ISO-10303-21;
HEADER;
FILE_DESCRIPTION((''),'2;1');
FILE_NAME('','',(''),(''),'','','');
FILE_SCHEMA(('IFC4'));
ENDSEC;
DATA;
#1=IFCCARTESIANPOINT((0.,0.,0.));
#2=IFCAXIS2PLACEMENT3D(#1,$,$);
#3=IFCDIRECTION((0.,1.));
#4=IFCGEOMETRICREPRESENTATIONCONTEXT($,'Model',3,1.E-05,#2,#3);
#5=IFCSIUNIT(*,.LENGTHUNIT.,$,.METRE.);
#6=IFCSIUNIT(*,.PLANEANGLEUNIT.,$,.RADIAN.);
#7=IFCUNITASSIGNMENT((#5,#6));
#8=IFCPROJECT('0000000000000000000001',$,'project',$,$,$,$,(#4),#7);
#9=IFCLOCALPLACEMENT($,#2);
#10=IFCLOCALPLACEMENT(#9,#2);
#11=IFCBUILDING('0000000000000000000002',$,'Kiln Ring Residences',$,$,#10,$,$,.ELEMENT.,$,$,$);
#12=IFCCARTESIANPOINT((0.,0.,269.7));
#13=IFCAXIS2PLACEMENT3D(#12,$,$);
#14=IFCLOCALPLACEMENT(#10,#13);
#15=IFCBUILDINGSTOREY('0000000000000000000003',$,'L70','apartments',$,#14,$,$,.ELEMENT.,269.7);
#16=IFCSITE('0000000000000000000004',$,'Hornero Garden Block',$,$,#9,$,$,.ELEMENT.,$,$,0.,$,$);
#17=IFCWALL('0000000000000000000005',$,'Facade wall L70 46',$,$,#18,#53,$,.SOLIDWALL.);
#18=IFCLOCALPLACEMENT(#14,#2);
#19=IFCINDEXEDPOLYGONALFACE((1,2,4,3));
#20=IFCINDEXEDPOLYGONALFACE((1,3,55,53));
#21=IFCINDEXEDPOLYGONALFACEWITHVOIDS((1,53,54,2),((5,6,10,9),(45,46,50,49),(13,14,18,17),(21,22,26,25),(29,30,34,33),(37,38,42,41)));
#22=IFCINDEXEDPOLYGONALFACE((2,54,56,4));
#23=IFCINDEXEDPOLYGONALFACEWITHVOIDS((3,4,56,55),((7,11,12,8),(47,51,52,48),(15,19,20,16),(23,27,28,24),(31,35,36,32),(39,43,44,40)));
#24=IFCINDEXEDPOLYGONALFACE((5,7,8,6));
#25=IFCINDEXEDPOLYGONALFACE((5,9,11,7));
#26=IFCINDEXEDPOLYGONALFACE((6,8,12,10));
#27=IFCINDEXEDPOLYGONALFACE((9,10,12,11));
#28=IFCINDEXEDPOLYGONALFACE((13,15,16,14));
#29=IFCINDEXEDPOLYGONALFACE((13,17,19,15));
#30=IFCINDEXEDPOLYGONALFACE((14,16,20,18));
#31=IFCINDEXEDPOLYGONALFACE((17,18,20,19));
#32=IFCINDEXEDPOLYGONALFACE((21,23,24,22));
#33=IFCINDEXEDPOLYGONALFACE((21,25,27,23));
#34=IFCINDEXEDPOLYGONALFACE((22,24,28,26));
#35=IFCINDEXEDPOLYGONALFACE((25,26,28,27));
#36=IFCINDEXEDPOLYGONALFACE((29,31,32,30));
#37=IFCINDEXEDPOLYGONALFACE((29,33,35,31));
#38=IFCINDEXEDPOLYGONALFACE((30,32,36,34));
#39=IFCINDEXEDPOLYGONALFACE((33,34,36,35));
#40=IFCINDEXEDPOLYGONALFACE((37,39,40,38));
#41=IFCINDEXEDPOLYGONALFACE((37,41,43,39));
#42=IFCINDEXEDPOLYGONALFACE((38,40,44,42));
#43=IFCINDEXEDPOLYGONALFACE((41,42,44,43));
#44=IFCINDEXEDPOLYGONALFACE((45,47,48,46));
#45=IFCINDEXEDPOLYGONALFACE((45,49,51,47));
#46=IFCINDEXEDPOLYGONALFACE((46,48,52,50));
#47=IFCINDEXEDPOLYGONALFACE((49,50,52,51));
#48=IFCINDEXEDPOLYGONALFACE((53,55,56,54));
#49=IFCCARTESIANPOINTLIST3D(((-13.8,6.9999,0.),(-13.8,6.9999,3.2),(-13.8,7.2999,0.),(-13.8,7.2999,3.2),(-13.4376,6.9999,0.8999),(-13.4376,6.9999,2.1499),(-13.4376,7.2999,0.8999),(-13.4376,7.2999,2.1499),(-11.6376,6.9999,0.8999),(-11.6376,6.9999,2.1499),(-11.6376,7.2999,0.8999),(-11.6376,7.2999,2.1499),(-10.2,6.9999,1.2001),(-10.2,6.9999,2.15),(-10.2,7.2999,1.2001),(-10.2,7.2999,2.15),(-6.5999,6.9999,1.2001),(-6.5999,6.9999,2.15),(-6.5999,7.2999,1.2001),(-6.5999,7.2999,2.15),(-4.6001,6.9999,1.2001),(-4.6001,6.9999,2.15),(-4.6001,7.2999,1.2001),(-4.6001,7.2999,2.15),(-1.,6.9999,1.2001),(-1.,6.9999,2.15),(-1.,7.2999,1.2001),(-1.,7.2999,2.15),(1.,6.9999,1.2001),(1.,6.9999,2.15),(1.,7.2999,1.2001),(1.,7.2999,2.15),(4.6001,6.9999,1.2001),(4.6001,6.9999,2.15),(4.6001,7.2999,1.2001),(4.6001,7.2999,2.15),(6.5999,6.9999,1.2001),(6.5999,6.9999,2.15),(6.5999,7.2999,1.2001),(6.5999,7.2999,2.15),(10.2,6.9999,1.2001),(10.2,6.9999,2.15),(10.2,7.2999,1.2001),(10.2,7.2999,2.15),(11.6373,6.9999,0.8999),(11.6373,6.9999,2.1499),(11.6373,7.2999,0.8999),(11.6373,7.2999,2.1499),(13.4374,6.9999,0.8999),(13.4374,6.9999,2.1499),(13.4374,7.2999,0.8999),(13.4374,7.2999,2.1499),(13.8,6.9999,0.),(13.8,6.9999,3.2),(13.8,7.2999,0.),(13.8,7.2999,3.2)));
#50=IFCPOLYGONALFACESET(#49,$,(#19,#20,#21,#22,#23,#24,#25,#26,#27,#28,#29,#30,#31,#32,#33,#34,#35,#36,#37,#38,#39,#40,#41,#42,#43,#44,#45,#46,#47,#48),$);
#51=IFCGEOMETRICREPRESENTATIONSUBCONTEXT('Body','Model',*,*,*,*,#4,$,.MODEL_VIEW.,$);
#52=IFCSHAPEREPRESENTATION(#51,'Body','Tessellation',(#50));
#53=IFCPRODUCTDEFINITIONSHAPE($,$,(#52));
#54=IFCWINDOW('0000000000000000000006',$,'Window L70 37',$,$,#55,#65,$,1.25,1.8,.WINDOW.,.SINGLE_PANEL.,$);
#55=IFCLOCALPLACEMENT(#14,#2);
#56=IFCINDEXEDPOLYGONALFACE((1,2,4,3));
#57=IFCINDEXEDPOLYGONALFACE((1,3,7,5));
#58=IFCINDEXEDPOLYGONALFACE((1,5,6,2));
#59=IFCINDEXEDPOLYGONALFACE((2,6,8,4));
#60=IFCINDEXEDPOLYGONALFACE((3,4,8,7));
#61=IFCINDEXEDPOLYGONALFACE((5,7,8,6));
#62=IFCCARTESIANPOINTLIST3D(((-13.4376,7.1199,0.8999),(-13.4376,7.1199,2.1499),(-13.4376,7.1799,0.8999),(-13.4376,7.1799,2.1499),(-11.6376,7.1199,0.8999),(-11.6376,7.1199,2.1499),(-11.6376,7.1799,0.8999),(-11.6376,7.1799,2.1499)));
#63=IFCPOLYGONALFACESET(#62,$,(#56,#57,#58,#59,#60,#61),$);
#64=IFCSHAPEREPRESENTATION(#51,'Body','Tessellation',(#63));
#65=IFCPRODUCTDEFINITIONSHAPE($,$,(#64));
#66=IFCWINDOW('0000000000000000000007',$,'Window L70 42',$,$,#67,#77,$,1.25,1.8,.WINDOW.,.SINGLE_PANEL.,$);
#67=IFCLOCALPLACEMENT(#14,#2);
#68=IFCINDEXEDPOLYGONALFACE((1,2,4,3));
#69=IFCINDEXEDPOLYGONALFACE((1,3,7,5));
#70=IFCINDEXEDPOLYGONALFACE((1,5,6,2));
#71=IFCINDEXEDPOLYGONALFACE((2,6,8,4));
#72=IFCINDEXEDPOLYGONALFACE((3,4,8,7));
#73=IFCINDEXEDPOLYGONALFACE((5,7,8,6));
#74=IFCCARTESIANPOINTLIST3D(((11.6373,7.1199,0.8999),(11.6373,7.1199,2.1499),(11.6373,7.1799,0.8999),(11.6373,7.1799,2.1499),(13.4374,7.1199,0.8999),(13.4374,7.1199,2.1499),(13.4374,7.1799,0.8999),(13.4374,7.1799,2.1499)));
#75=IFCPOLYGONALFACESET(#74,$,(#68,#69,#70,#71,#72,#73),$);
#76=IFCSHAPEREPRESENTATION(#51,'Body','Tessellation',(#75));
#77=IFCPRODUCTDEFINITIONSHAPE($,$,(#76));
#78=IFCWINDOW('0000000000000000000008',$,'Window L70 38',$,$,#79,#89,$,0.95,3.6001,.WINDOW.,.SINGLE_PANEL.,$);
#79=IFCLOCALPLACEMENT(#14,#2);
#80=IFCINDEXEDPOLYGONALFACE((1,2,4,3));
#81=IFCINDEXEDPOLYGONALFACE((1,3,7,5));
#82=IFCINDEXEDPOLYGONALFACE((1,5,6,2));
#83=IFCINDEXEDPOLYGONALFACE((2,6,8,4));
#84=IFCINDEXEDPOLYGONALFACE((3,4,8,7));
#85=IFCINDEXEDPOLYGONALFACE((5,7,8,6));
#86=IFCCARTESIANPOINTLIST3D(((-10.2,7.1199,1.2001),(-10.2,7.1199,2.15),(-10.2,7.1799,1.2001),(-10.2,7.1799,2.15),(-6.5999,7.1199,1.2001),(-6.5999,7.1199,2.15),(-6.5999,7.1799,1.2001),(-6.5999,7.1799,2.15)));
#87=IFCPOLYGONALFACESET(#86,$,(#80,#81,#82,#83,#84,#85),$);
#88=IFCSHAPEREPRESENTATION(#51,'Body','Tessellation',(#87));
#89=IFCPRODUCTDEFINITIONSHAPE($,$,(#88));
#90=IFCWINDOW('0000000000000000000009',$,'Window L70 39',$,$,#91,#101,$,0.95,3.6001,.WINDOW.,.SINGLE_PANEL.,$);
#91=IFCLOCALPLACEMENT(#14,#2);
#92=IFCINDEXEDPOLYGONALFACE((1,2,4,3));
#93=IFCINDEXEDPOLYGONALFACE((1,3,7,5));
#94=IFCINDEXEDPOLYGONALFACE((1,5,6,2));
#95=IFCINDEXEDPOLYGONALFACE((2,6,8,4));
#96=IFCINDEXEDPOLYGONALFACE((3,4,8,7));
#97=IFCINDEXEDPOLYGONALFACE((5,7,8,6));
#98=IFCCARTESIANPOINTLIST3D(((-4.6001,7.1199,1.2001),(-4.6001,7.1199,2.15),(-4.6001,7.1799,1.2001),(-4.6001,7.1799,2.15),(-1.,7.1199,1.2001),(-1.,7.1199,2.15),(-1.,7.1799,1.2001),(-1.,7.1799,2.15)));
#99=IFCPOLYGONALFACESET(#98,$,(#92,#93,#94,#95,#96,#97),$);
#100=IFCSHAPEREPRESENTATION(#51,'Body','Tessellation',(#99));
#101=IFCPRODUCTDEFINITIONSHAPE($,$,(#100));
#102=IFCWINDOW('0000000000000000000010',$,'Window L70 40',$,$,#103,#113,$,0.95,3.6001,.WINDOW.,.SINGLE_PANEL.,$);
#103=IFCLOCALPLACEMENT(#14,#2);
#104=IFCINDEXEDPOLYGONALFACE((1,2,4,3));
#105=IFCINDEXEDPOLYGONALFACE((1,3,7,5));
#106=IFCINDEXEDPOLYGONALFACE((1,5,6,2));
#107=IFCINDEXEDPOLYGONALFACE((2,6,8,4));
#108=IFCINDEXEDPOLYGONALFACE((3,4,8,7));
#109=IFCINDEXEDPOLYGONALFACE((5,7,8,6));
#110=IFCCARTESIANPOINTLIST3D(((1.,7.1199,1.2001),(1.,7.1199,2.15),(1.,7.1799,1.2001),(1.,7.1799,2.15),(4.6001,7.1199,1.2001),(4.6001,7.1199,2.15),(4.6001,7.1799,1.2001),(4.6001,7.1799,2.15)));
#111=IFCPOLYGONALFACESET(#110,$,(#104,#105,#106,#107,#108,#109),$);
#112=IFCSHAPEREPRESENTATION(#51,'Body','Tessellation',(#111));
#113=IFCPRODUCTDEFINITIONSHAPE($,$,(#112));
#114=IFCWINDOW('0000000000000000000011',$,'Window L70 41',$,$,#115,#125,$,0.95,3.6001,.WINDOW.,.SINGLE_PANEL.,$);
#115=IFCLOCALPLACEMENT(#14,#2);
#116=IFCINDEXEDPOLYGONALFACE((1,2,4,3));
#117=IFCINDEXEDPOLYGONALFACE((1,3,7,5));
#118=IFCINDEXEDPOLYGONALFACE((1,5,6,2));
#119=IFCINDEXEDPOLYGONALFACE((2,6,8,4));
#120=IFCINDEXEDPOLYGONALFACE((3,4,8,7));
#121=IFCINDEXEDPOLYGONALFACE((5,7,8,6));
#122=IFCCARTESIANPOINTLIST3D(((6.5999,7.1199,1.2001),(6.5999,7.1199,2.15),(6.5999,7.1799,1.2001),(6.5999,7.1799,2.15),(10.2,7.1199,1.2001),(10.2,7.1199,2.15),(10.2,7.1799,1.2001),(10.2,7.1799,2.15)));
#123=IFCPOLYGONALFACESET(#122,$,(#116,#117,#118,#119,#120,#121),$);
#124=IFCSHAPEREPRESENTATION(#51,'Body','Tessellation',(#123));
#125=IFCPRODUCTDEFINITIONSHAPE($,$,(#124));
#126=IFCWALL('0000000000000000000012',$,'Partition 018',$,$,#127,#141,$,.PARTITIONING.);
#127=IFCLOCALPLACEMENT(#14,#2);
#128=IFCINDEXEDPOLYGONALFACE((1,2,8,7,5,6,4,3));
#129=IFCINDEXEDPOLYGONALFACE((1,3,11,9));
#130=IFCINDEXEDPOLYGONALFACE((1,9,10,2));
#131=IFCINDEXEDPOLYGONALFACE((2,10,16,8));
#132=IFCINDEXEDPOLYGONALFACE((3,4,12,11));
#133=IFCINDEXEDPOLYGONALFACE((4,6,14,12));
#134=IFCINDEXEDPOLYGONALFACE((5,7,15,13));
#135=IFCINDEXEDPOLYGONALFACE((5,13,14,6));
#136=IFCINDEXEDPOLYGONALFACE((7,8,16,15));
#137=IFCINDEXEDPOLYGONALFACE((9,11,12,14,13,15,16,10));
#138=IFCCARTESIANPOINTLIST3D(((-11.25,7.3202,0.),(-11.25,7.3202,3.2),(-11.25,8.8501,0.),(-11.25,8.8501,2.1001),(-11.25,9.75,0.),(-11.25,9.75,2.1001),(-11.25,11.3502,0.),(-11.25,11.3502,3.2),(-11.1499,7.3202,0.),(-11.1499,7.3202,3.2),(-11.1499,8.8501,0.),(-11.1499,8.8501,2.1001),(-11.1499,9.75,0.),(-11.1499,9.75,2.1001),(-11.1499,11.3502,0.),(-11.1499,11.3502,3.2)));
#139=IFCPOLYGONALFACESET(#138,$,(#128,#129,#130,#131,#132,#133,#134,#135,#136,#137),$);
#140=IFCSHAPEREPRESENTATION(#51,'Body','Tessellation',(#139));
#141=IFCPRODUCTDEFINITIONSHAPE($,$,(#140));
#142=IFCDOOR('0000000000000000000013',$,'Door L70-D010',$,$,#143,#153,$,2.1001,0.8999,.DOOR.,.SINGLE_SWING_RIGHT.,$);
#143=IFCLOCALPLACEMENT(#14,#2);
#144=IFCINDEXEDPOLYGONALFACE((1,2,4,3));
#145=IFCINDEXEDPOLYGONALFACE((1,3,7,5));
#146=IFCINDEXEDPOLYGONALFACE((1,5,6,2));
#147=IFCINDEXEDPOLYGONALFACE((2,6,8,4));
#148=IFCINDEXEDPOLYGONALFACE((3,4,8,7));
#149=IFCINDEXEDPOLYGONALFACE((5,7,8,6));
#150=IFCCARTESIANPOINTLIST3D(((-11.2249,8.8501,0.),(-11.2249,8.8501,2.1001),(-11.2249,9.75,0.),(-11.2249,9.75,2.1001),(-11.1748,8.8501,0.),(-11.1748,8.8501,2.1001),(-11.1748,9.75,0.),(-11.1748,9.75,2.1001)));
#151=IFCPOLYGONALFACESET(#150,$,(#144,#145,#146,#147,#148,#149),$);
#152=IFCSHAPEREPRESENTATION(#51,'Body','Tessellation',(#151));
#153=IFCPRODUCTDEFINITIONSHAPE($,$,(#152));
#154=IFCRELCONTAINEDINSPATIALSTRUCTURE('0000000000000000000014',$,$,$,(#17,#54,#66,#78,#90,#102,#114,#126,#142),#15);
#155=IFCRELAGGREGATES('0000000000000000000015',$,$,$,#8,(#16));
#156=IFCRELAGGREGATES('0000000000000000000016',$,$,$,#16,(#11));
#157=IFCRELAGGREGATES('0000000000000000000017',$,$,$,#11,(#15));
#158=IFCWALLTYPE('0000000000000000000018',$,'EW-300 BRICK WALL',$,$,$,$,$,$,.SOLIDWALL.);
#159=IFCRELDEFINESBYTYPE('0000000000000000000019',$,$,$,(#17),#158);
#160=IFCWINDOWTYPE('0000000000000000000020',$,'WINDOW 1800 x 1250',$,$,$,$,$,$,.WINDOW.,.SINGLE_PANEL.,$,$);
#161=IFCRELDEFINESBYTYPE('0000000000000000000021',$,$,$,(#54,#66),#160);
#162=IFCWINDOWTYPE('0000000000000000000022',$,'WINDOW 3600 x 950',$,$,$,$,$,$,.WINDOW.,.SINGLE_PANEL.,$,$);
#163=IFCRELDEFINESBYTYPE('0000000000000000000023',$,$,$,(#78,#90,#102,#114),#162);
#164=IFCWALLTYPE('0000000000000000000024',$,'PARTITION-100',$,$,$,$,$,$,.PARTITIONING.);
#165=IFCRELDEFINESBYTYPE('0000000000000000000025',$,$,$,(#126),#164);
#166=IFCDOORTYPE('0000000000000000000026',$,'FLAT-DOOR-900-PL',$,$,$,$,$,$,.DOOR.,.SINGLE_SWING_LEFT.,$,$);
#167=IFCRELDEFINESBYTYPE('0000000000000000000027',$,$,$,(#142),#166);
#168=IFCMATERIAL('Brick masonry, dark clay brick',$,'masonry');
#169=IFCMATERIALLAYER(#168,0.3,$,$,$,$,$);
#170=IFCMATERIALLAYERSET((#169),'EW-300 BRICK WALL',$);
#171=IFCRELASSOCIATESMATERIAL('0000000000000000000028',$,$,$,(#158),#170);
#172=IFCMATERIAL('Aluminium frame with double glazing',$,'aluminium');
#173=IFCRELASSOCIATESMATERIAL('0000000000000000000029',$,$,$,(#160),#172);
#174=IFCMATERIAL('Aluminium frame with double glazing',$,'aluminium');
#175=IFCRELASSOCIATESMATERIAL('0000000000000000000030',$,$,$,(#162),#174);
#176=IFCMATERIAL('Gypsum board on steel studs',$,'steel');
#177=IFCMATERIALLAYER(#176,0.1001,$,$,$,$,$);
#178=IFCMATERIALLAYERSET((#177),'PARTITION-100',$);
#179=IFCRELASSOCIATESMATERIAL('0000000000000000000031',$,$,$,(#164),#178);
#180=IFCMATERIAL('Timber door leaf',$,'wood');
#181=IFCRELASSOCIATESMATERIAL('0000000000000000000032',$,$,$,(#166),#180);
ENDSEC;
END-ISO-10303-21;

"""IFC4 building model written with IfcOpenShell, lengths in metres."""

from ifc_helpers import new_model, si_unit, direction, frame, frame_2d, origin, place, context, subcontext, project, spatial, rectangle, extrude, material, layer, layer_set, type_object, element, fill, save


model = new_model("IFC4")

# Units and contexts
model_context = context("Model", 3, precision=1e-05, world=origin(), true_north=direction((0.0, 1.0)))
body_context = subcontext(model_context, "Body", "Model", "MODEL_VIEW")
ifc_project = project(units=[si_unit("LENGTHUNIT", "METRE"), si_unit("PLANEANGLEUNIT", "RADIAN")], contexts=[model_context])

# Site, building, storey
site_placement = place(None, origin())
site = spatial("IfcSite", under=ifc_project, at=site_placement, Name="Hornero Garden Block", CompositionType="ELEMENT", RefElevation=0.0)
building_placement = place(site_placement, origin())
building = spatial("IfcBuilding", under=site, at=building_placement, Name="Kiln Ring Residences", CompositionType="ELEMENT")
storey_placement = place(building_placement, frame((0.0, 0.0, 269.7)))
storey = spatial("IfcBuildingStorey", under=building, at=storey_placement, Name="L70", Description="apartments", CompositionType="ELEMENT", Elevation=269.7)

# Wall, openings, windows
ifc_material_1 = material(Name="Brick masonry, dark clay brick", Category="masonry")
ifc_layer_1 = layer(ifc_material_1, 0.3)
ifc_layer_set_1 = layer_set([ifc_layer_1], Name="EW-300 BRICK WALL")
wall_type_1 = type_object("IfcWallType", Name="EW-300 BRICK WALL", PredefinedType="SOLIDWALL", material=ifc_layer_set_1)
wall_1_placement = place(storey_placement, frame((-13.8, 7.1499, 0.0), z_axis=(0.0, 0.0, 1.0), x_axis=(1.0, 0.0, 0.0)))
wall_1 = element("IfcWall", 1, at=wall_1_placement, inside=storey, type_object=wall_type_1, Name="Facade wall L70 46", PredefinedType="SOLIDWALL", context=body_context, shape_type="SweptSolid", body=[
    extrude(rectangle(XDim=27.6001, YDim=0.3, at=frame_2d((13.8, 0.0))), origin(), (0.0, 0.0, 1.0), 3.2),
])
opening_1_placement = place(wall_1_placement, frame((0.3625, 0.0, 0.8999)))
opening_1 = element("IfcOpeningElement", 2, at=opening_1_placement, cuts=wall_1, PredefinedType="OPENING", context=body_context, shape_type="SweptSolid", body=[
    extrude(rectangle(XDim=1.8, YDim=1.25, at=frame_2d((0.8999, 0.625))), frame((0.0, 0.1599, 0.0), z_axis=(0.0, -1.0, 0.0), x_axis=(1.0, 0.0, 0.0)), (0.0, 0.0, 1.0), 0.3201),
])
opening_2_placement = place(wall_1_placement, frame((3.6001, 0.0, 1.2)))
opening_2 = element("IfcOpeningElement", 3, at=opening_2_placement, cuts=wall_1, PredefinedType="OPENING", context=body_context, shape_type="SweptSolid", body=[
    extrude(rectangle(XDim=3.6001, YDim=0.95, at=frame_2d((1.8, 0.4751))), frame((0.0, 0.1599, 0.0), z_axis=(0.0, -1.0, 0.0), x_axis=(1.0, 0.0, 0.0)), (0.0, 0.0, 1.0), 0.3201),
])
opening_3_placement = place(wall_1_placement, frame((9.2, 0.0, 1.2)))
opening_3 = element("IfcOpeningElement", 4, at=opening_3_placement, cuts=wall_1, PredefinedType="OPENING", context=body_context, shape_type="SweptSolid", body=[
    extrude(rectangle(XDim=3.6001, YDim=0.95, at=frame_2d((1.8, 0.4751))), frame((0.0, 0.1599, 0.0), z_axis=(0.0, -1.0, 0.0), x_axis=(1.0, 0.0, 0.0)), (0.0, 0.0, 1.0), 0.3201),
])
opening_4_placement = place(wall_1_placement, frame((14.8, 0.0, 1.2)))
opening_4 = element("IfcOpeningElement", 5, at=opening_4_placement, cuts=wall_1, PredefinedType="OPENING", context=body_context, shape_type="SweptSolid", body=[
    extrude(rectangle(XDim=3.6001, YDim=0.95, at=frame_2d((1.8, 0.4751))), frame((0.0, 0.1599, 0.0), z_axis=(0.0, -1.0, 0.0), x_axis=(1.0, 0.0, 0.0)), (0.0, 0.0, 1.0), 0.3201),
])
opening_5_placement = place(wall_1_placement, frame((20.3999, 0.0, 1.2)))
opening_5 = element("IfcOpeningElement", 6, at=opening_5_placement, cuts=wall_1, PredefinedType="OPENING", context=body_context, shape_type="SweptSolid", body=[
    extrude(rectangle(XDim=3.6001, YDim=0.95, at=frame_2d((1.8, 0.4751))), frame((0.0, 0.1599, 0.0), z_axis=(0.0, -1.0, 0.0), x_axis=(1.0, 0.0, 0.0)), (0.0, 0.0, 1.0), 0.3201),
])
opening_6_placement = place(wall_1_placement, frame((25.4375, 0.0, 0.8999)))
opening_6 = element("IfcOpeningElement", 7, at=opening_6_placement, cuts=wall_1, PredefinedType="OPENING", context=body_context, shape_type="SweptSolid", body=[
    extrude(rectangle(XDim=1.8, YDim=1.25, at=frame_2d((0.8999, 0.625))), frame((0.0, 0.1599, 0.0), z_axis=(0.0, -1.0, 0.0), x_axis=(1.0, 0.0, 0.0)), (0.0, 0.0, 1.0), 0.3201),
])
ifc_material_2 = material(Name="Aluminium frame with double glazing", Category="aluminium")
window_type_1 = type_object("IfcWindowType", Name="WINDOW 1800 x 1250", PartitioningType="SINGLE_PANEL", PredefinedType="WINDOW", material=ifc_material_2)
window_1_placement = place(opening_1_placement, origin())
window_1 = element("IfcWindow", 8, at=window_1_placement, inside=storey, type_object=window_type_1, Name="Window L70 37", OverallHeight=1.25, OverallWidth=1.8, PartitioningType="SINGLE_PANEL", PredefinedType="WINDOW", context=body_context, shape_type="SweptSolid", body=[
    extrude(rectangle(XDim=1.8, YDim=1.25, at=frame_2d((0.8999, 0.625))), frame((0.0, 0.03, 0.0), z_axis=(0.0, -1.0, 0.0), x_axis=(1.0, 0.0, 0.0)), (0.0, 0.0, 1.0), 0.0601),
])
fill(opening_1, window_1)
window_2_placement = place(opening_6_placement, origin())
window_2 = element("IfcWindow", 9, at=window_2_placement, inside=storey, type_object=window_type_1, Name="Window L70 42", OverallHeight=1.25, OverallWidth=1.8, PartitioningType="SINGLE_PANEL", PredefinedType="WINDOW", context=body_context, shape_type="SweptSolid", body=[
    extrude(rectangle(XDim=1.8, YDim=1.25, at=frame_2d((0.8999, 0.625))), frame((0.0, 0.03, 0.0), z_axis=(0.0, -1.0, 0.0), x_axis=(1.0, 0.0, 0.0)), (0.0, 0.0, 1.0), 0.0601),
])
fill(opening_6, window_2)
ifc_material_3 = material(Name="Aluminium frame with double glazing", Category="aluminium")
window_type_2 = type_object("IfcWindowType", Name="WINDOW 3600 x 950", PartitioningType="SINGLE_PANEL", PredefinedType="WINDOW", material=ifc_material_3)
window_3_placement = place(opening_2_placement, origin())
window_3 = element("IfcWindow", 10, at=window_3_placement, inside=storey, type_object=window_type_2, Name="Window L70 38", OverallHeight=0.95, OverallWidth=3.6001, PartitioningType="SINGLE_PANEL", PredefinedType="WINDOW", context=body_context, shape_type="SweptSolid", body=[
    extrude(rectangle(XDim=3.6001, YDim=0.95, at=frame_2d((1.8, 0.4751))), frame((0.0, 0.03, 0.0), z_axis=(0.0, -1.0, 0.0), x_axis=(1.0, 0.0, 0.0)), (0.0, 0.0, 1.0), 0.0601),
])
fill(opening_2, window_3)
window_4_placement = place(opening_3_placement, origin())
window_4 = element("IfcWindow", 11, at=window_4_placement, inside=storey, type_object=window_type_2, Name="Window L70 39", OverallHeight=0.95, OverallWidth=3.6001, PartitioningType="SINGLE_PANEL", PredefinedType="WINDOW", context=body_context, shape_type="SweptSolid", body=[
    extrude(rectangle(XDim=3.6001, YDim=0.95, at=frame_2d((1.8, 0.4751))), frame((0.0, 0.03, 0.0), z_axis=(0.0, -1.0, 0.0), x_axis=(1.0, 0.0, 0.0)), (0.0, 0.0, 1.0), 0.0601),
])
fill(opening_3, window_4)
window_5_placement = place(opening_4_placement, origin())
window_5 = element("IfcWindow", 12, at=window_5_placement, inside=storey, type_object=window_type_2, Name="Window L70 40", OverallHeight=0.95, OverallWidth=3.6001, PartitioningType="SINGLE_PANEL", PredefinedType="WINDOW", context=body_context, shape_type="SweptSolid", body=[
    extrude(rectangle(XDim=3.6001, YDim=0.95, at=frame_2d((1.8, 0.4751))), frame((0.0, 0.03, 0.0), z_axis=(0.0, -1.0, 0.0), x_axis=(1.0, 0.0, 0.0)), (0.0, 0.0, 1.0), 0.0601),
])
fill(opening_4, window_5)
window_6_placement = place(opening_5_placement, origin())
window_6 = element("IfcWindow", 13, at=window_6_placement, inside=storey, type_object=window_type_2, Name="Window L70 41", OverallHeight=0.95, OverallWidth=3.6001, PartitioningType="SINGLE_PANEL", PredefinedType="WINDOW", context=body_context, shape_type="SweptSolid", body=[
    extrude(rectangle(XDim=3.6001, YDim=0.95, at=frame_2d((1.8, 0.4751))), frame((0.0, 0.03, 0.0), z_axis=(0.0, -1.0, 0.0), x_axis=(1.0, 0.0, 0.0)), (0.0, 0.0, 1.0), 0.0601),
])
fill(opening_5, window_6)

# Wall, opening, door
ifc_material_4 = material(Name="Gypsum board on steel studs", Category="steel")
ifc_layer_2 = layer(ifc_material_4, 0.1001)
ifc_layer_set_2 = layer_set([ifc_layer_2], Name="PARTITION-100")
wall_type_2 = type_object("IfcWallType", Name="PARTITION-100", PredefinedType="PARTITIONING", material=ifc_layer_set_2)
wall_2_placement = place(storey_placement, frame((-11.2, 7.3201, 0.0), z_axis=(0.0, 0.0, 1.0), x_axis=(0.0, 1.0, 0.0)))
wall_2 = element("IfcWall", 14, at=wall_2_placement, inside=storey, type_object=wall_type_2, Name="Partition 018", PredefinedType="PARTITIONING", context=body_context, shape_type="SweptSolid", body=[
    extrude(rectangle(XDim=4.03, YDim=0.1001, at=frame_2d((2.0151, 0.0))), origin(), (0.0, 0.0, 1.0), 3.2),
])
opening_7_placement = place(wall_2_placement, frame((1.53, 0.0, 0.0)))
opening_7 = element("IfcOpeningElement", 15, at=opening_7_placement, cuts=wall_2, PredefinedType="OPENING", context=body_context, shape_type="SweptSolid", body=[
    extrude(rectangle(XDim=0.8999, YDim=2.1001, at=frame_2d((0.45, 1.05))), frame((0.0, 0.0601, 0.0), z_axis=(0.0, -1.0, 0.0), x_axis=(1.0, 0.0, 0.0)), (0.0, 0.0, 1.0), 0.1201),
])
ifc_material_5 = material(Name="Timber door leaf", Category="wood")
door_type = type_object("IfcDoorType", Name="FLAT-DOOR-900-PL", OperationType="SINGLE_SWING_LEFT", PredefinedType="DOOR", material=ifc_material_5)
door_placement = place(opening_7_placement, origin())
door = element("IfcDoor", 16, at=door_placement, inside=storey, type_object=door_type, Name="Door L70-D010", OperationType="SINGLE_SWING_RIGHT", OverallHeight=2.1001, OverallWidth=0.8999, PredefinedType="DOOR", context=body_context, shape_type="SweptSolid", body=[
    extrude(rectangle(XDim=0.8999, YDim=2.1001, at=frame_2d((0.45, 1.05))), frame((0.0, 0.0249, 0.0), z_axis=(0.0, -1.0, 0.0), x_axis=(1.0, 0.0, 0.0)), (0.0, 0.0, 1.0), 0.05),
])
fill(opening_7, door)

save(model, "model.ifc")
